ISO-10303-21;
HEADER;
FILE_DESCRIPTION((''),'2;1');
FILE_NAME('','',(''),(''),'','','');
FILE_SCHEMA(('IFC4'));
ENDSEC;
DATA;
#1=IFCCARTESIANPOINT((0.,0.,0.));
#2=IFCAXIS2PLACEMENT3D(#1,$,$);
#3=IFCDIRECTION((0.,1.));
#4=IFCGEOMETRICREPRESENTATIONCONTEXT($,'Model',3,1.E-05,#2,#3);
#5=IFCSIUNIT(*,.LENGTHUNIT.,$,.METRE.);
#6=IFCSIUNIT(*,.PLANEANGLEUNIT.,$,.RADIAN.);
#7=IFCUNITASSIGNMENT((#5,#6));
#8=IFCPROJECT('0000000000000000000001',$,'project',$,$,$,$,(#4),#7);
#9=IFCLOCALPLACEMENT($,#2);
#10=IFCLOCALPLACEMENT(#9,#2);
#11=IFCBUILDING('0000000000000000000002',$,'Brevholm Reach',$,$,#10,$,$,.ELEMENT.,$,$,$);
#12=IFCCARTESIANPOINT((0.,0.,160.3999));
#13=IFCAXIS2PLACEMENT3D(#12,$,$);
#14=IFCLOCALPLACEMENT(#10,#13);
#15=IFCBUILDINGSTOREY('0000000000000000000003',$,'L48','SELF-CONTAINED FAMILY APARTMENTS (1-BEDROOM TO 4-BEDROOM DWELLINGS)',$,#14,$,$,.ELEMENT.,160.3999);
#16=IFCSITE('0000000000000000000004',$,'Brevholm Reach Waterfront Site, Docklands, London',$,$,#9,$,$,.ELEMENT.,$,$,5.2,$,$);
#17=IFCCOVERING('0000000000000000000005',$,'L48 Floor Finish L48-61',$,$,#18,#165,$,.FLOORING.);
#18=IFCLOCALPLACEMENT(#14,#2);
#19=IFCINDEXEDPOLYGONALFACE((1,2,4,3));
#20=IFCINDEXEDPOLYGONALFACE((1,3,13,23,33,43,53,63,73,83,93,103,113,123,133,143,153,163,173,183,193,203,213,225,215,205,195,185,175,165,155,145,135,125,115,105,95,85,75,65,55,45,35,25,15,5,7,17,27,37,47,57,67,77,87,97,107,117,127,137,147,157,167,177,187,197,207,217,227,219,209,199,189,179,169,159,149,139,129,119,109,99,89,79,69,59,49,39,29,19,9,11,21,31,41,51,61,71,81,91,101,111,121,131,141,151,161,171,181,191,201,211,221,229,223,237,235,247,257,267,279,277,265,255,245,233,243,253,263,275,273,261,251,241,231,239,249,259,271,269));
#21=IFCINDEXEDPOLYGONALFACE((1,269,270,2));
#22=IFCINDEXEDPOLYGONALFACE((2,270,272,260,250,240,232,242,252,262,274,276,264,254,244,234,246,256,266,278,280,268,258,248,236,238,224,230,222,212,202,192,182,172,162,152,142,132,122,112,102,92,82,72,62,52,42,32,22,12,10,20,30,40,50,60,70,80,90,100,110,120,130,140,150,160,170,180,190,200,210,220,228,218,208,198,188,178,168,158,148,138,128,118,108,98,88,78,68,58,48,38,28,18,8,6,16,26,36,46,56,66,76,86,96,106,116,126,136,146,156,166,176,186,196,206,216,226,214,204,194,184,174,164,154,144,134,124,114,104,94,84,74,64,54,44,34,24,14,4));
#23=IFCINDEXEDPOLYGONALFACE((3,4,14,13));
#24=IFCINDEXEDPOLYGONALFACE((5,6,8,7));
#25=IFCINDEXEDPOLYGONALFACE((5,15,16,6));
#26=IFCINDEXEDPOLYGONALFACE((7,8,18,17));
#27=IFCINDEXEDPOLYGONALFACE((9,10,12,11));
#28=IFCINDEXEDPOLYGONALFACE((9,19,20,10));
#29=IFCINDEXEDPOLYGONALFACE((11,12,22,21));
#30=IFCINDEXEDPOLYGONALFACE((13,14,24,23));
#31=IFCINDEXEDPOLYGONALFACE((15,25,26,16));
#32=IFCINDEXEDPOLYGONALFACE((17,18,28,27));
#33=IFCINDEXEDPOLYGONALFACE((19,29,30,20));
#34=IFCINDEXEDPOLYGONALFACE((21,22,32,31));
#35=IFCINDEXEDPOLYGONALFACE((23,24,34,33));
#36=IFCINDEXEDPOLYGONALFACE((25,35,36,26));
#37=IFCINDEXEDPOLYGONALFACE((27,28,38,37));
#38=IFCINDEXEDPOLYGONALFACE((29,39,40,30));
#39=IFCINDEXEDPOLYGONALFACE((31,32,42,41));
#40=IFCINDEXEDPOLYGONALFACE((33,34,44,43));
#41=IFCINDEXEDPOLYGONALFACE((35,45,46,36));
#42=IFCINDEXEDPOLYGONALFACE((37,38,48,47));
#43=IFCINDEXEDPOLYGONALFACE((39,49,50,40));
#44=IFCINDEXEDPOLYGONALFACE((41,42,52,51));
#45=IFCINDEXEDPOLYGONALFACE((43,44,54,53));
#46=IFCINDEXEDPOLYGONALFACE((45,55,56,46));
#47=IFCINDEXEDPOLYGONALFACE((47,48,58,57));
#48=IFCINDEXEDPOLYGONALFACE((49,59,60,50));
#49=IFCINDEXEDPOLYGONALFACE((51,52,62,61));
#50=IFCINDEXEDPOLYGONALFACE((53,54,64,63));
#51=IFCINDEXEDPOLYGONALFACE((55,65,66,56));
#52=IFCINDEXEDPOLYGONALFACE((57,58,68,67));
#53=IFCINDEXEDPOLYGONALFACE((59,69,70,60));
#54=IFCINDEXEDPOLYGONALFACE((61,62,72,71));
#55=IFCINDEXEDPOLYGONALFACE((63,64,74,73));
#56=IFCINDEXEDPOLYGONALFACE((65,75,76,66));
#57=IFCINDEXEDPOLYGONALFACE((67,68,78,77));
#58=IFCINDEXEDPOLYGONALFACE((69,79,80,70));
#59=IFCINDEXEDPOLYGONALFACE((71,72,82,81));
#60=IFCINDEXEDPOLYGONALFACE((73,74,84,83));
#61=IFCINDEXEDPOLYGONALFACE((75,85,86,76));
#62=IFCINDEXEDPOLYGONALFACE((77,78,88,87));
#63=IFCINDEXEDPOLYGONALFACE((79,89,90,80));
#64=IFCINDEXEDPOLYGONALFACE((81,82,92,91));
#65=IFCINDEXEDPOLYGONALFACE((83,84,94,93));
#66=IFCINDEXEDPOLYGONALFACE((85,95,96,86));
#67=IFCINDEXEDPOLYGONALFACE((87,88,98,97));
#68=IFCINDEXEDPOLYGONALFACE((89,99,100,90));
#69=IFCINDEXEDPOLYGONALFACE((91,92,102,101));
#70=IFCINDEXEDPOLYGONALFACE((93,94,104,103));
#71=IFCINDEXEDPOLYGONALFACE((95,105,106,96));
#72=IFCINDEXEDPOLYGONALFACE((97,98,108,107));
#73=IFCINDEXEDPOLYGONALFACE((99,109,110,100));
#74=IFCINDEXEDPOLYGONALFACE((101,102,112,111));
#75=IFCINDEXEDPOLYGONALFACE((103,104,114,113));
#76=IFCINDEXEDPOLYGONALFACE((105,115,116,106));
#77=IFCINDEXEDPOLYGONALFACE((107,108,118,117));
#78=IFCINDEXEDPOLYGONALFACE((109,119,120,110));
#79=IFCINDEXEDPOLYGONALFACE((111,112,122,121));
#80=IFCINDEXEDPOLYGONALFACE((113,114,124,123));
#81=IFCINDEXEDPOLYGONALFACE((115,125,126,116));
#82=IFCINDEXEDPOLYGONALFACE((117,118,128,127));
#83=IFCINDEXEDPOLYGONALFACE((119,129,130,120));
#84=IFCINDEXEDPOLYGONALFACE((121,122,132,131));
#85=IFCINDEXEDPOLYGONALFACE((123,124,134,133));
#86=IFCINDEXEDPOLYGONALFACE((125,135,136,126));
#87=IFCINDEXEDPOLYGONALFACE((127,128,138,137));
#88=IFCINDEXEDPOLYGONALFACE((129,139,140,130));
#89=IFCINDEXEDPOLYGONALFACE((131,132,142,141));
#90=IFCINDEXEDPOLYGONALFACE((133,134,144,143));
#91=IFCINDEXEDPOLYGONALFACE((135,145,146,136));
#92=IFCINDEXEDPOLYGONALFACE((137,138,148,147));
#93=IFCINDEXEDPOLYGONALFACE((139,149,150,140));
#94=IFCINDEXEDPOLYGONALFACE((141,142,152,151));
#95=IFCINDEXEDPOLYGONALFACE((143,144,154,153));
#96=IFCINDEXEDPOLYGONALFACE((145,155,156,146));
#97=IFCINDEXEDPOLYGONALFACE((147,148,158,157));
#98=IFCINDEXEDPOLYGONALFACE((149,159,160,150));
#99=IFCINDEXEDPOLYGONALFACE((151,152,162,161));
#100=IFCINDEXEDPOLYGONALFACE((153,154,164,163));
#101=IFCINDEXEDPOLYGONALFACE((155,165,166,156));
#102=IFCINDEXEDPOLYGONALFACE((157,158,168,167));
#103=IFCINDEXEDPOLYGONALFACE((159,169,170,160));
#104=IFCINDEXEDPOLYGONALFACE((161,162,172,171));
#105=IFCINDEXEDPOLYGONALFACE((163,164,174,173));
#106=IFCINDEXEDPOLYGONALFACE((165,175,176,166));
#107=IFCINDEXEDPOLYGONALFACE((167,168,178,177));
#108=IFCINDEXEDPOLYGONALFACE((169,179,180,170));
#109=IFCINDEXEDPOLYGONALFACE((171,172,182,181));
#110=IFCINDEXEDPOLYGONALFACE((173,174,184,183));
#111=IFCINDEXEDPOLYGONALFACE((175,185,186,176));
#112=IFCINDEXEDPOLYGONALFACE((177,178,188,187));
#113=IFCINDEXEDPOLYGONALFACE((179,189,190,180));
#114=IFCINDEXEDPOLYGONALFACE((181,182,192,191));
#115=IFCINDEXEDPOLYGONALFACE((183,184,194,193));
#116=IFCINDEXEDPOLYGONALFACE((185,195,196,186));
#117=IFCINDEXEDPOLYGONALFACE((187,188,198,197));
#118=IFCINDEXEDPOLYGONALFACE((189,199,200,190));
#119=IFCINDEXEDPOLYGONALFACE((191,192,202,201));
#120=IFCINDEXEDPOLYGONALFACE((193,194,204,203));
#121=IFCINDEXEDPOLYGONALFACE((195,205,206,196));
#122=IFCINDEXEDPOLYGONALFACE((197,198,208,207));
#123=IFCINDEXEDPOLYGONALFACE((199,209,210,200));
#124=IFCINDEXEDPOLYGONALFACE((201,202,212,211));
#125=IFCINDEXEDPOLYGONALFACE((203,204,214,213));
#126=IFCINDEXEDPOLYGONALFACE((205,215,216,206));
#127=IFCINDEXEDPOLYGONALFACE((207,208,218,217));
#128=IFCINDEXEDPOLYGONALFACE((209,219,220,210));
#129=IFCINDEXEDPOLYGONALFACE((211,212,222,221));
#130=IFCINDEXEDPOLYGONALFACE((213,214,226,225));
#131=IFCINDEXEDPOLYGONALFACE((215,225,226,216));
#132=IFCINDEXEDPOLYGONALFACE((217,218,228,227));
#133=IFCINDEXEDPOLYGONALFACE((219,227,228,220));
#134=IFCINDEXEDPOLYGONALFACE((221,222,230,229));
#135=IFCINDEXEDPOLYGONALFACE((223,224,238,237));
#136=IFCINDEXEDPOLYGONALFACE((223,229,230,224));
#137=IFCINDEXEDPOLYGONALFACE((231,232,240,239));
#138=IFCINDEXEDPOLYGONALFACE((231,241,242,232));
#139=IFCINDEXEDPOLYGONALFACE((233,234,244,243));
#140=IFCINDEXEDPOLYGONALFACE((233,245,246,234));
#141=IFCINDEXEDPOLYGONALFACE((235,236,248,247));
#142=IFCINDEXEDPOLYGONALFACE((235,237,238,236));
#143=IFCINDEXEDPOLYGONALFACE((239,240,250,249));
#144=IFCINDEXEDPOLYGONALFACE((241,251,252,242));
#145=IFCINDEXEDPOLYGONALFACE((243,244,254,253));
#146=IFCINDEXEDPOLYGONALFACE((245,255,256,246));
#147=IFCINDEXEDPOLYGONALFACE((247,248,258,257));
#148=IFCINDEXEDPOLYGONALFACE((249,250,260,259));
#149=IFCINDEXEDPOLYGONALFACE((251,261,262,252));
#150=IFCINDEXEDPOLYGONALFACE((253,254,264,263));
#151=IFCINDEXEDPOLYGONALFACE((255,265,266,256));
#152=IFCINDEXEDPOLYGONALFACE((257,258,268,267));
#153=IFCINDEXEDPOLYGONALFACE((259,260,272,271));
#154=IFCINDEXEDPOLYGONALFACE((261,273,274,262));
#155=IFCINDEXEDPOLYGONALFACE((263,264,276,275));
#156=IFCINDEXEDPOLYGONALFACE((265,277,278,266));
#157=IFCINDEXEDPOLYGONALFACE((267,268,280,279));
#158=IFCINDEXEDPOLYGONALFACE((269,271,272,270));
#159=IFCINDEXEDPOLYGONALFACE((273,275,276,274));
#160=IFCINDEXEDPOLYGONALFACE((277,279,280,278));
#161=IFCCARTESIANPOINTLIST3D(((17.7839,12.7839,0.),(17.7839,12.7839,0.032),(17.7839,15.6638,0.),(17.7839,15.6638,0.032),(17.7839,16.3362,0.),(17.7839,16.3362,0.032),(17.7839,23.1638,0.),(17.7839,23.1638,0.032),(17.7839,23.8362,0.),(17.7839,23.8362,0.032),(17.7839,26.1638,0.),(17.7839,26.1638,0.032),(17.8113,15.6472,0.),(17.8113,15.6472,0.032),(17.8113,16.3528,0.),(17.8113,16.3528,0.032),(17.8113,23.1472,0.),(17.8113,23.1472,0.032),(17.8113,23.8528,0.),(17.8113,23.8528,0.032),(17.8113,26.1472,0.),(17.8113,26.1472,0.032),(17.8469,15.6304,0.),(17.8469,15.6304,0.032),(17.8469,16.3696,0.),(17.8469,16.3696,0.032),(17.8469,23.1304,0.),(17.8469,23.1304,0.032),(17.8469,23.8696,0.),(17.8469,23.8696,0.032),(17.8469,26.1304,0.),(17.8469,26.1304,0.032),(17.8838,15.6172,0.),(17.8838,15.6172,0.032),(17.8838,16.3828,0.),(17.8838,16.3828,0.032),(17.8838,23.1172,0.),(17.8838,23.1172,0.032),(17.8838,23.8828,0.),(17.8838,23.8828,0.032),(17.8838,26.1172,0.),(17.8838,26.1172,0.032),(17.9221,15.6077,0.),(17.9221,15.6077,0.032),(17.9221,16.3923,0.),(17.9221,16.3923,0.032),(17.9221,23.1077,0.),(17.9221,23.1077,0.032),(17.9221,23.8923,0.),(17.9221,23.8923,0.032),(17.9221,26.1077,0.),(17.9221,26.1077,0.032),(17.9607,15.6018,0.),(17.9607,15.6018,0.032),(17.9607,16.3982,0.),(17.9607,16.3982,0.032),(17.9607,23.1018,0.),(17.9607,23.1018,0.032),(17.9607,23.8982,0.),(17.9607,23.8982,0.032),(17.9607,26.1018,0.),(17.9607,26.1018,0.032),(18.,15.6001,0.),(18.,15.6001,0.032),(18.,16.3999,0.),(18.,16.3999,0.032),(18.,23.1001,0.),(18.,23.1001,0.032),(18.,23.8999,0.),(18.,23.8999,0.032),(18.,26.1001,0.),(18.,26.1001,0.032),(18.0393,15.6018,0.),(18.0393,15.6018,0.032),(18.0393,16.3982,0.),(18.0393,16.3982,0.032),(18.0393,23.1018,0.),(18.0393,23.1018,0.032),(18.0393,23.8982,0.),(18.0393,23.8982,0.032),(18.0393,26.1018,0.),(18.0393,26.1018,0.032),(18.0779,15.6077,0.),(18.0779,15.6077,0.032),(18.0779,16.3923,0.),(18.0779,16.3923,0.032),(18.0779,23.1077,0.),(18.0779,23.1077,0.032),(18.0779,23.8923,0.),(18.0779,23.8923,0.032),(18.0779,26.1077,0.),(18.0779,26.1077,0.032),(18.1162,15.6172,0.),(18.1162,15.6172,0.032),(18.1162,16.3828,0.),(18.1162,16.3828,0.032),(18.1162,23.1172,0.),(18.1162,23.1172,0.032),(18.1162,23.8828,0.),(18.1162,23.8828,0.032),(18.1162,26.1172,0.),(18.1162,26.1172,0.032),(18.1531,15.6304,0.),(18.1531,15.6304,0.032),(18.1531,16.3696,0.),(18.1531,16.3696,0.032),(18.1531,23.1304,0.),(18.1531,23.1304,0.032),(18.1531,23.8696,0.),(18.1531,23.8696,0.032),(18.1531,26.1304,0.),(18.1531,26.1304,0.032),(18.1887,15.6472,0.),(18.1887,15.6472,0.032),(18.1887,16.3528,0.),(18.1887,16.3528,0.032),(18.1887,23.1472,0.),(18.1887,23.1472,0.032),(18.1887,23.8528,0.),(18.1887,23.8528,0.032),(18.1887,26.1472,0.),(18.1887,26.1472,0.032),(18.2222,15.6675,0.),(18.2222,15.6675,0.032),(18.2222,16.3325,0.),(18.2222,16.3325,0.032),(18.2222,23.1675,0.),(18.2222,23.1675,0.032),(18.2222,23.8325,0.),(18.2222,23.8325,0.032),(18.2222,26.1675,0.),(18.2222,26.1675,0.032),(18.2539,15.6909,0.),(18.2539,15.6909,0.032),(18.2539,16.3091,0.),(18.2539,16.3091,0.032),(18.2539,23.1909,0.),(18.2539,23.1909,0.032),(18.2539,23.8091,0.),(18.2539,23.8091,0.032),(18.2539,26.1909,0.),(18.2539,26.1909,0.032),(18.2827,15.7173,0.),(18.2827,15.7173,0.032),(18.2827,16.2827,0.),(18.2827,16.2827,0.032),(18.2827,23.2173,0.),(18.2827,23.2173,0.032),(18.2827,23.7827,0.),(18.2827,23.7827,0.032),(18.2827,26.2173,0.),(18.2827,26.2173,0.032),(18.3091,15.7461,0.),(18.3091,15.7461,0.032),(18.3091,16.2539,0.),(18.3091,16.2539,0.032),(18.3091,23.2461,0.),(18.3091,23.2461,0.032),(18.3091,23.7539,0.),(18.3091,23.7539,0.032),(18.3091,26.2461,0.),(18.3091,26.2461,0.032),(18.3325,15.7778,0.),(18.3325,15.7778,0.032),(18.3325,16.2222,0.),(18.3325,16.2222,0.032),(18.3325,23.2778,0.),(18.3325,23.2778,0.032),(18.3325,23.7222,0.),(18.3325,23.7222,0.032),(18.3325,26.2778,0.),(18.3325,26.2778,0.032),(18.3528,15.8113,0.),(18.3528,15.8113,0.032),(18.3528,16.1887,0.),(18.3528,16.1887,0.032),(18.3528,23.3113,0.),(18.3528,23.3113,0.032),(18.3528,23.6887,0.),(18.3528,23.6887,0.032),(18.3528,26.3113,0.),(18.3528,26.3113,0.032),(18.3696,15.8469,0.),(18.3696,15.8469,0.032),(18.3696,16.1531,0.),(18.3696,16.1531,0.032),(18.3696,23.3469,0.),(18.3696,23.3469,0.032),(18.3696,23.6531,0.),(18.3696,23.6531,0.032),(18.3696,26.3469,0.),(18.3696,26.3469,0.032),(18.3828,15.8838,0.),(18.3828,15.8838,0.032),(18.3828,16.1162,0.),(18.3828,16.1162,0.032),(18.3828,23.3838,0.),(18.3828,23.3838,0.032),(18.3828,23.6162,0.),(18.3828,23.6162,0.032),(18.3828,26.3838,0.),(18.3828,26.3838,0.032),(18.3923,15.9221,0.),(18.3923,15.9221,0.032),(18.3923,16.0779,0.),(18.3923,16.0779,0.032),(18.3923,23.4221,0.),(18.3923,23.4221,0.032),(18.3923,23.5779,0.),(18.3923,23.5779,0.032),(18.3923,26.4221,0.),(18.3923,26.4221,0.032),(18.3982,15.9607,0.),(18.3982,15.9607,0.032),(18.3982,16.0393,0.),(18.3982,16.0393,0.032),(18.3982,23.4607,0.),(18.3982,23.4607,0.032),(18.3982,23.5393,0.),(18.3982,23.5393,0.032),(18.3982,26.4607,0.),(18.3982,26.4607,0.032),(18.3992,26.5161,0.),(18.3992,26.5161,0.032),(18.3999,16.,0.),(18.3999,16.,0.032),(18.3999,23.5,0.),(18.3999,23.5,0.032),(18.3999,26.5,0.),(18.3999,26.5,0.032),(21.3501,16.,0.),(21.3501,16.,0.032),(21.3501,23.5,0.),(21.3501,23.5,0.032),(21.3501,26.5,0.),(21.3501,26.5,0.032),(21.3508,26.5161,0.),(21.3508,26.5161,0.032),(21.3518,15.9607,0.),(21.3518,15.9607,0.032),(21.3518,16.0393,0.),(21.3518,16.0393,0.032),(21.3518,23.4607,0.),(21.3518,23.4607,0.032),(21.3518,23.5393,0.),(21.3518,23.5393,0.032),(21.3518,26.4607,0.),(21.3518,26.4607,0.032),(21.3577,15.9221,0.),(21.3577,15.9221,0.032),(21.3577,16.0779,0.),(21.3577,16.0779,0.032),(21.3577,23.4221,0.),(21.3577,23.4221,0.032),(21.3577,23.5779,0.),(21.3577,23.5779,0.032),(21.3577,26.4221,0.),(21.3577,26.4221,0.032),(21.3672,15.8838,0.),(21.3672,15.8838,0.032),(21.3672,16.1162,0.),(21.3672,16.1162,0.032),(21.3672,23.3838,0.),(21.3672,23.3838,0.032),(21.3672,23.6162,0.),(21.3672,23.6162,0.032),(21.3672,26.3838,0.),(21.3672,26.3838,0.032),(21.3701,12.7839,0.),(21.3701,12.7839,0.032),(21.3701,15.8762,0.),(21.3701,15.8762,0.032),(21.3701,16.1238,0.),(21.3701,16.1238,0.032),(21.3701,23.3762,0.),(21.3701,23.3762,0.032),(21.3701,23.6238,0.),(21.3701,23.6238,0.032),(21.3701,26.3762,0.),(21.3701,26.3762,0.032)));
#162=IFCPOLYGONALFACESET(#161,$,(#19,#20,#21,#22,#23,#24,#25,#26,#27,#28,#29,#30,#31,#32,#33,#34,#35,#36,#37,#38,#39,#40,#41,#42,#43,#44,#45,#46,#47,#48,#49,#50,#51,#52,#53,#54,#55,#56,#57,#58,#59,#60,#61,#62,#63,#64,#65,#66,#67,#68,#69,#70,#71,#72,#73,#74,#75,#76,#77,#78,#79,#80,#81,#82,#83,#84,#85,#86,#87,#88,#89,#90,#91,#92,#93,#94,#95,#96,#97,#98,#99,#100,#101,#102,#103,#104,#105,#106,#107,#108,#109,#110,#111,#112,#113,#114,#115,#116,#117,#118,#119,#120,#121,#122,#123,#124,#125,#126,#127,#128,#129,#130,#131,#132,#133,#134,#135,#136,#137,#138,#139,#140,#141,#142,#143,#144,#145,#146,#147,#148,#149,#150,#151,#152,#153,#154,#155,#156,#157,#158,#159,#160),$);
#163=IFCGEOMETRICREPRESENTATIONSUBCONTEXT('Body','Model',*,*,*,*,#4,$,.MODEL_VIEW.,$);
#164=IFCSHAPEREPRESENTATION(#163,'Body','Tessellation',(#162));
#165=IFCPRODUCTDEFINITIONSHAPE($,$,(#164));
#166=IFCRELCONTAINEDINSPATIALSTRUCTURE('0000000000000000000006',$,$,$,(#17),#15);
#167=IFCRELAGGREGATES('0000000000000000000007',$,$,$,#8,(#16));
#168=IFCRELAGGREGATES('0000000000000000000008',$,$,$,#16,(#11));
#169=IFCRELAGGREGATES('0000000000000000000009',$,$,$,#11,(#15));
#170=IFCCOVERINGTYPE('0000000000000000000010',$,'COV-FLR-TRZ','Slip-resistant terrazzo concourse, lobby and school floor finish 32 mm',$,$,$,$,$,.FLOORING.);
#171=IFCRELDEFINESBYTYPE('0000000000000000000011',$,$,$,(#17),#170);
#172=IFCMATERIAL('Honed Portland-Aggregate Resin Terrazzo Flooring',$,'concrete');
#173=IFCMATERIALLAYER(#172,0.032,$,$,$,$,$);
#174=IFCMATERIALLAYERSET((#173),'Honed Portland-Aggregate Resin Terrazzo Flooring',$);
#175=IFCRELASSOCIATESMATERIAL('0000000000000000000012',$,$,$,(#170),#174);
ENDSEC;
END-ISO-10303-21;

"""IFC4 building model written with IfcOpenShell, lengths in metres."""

from ifc_helpers import new_model, si_unit, direction, frame, origin, place, context, subcontext, project, spatial, polyline, outline, extrude, material, layer, layer_set, type_object, element, save


model = new_model("IFC4")

# Units and contexts
model_context = context("Model", 3, precision=1e-05, world=origin(), true_north=direction((0.0, 1.0)))
body_context = subcontext(model_context, "Body", "Model", "MODEL_VIEW")
ifc_project = project(units=[si_unit("LENGTHUNIT", "METRE"), si_unit("PLANEANGLEUNIT", "RADIAN")], contexts=[model_context])

# Site, building, storey
site_placement = place(None, origin())
site = spatial("IfcSite", under=ifc_project, at=site_placement, Name="Brevholm Reach Waterfront Site, Docklands, London", CompositionType="ELEMENT", RefElevation=5.2)
building_placement = place(site_placement, origin())
building = spatial("IfcBuilding", under=site, at=building_placement, Name="Brevholm Reach", CompositionType="ELEMENT")
storey_placement = place(building_placement, frame((0.0, 0.0, 160.3999)))
storey = spatial("IfcBuildingStorey", under=building, at=storey_placement, Name="L48", Description="SELF-CONTAINED FAMILY APARTMENTS (1-BEDROOM TO 4-BEDROOM DWELLINGS)", CompositionType="ELEMENT", Elevation=160.3999)

# Covering
ifc_material_1 = material(Name="Honed Portland-Aggregate Resin Terrazzo Flooring", Category="concrete")
ifc_layer_1 = layer(ifc_material_1, 0.032)
ifc_layer_set_1 = layer_set([ifc_layer_1], Name="Honed Portland-Aggregate Resin Terrazzo Flooring")
covering_type_1 = type_object("IfcCoveringType", Name="COV-FLR-TRZ", Description="Slip-resistant terrazzo concourse, lobby and school floor finish 32 mm", PredefinedType="FLOORING", material=ifc_layer_set_1)
covering_1_placement = place(storey_placement, origin())
element("IfcCovering", 1, at=covering_1_placement, inside=storey, type_object=covering_type_1, Name="L48 Floor Finish L48-61", PredefinedType="FLOORING", context=body_context, shape_type="SweptSolid", body=[
    extrude(outline(polyline([(21.3701, 23.6238), (21.3672, 23.6162), (21.3577, 23.5779), (21.3518, 23.5393), (21.3501, 23.5), (21.3518, 23.4607), (21.3577, 23.4221), (21.3672, 23.3838), (21.3701, 23.3762), (21.3701, 16.1238), (21.3672, 16.1162), (21.3577, 16.0779), (21.3518, 16.0393), (21.3501, 16.0), (21.3518, 15.9607), (21.3577, 15.9221), (21.3672, 15.8838), (21.3701, 15.8762), (21.3701, 12.7839), (17.7839, 12.7839), (17.7839, 15.6638), (17.8113, 15.6472), (17.8469, 15.6304), (17.8838, 15.6172), (17.9221, 15.6077), (17.9607, 15.6018), (18.0, 15.6001), (18.0393, 15.6018), (18.0779, 15.6077), (18.1162, 15.6172), (18.1531, 15.6304), (18.1887, 15.6472), (18.2222, 15.6675), (18.2539, 15.6909), (18.2827, 15.7173), (18.3091, 15.7461), (18.3325, 15.7778), (18.3528, 15.8113), (18.3696, 15.8469), (18.3828, 15.8838), (18.3923, 15.9221), (18.3982, 15.9607), (18.3999, 16.0), (18.3982, 16.0393), (18.3923, 16.0779), (18.3828, 16.1162), (18.3696, 16.1531), (18.3528, 16.1887), (18.3325, 16.2222), (18.3091, 16.2539), (18.2827, 16.2827), (18.2539, 16.3091), (18.2222, 16.3325), (18.1887, 16.3528), (18.1531, 16.3696), (18.1162, 16.3828), (18.0779, 16.3923), (18.0393, 16.3982), (18.0, 16.3999), (17.9607, 16.3982), (17.9221, 16.3923), (17.8838, 16.3828), (17.8469, 16.3696), (17.8113, 16.3528), (17.7839, 16.3362), (17.7839, 23.1638), (17.8113, 23.1472), (17.8469, 23.1304), (17.8838, 23.1172), (17.9221, 23.1077), (17.9607, 23.1018), (18.0, 23.1001), (18.0393, 23.1018), (18.0779, 23.1077), (18.1162, 23.1172), (18.1531, 23.1304), (18.1887, 23.1472), (18.2222, 23.1675), (18.2539, 23.1909), (18.2827, 23.2173), (18.3091, 23.2461), (18.3325, 23.2778), (18.3528, 23.3113), (18.3696, 23.3469), (18.3828, 23.3838), (18.3923, 23.4221), (18.3982, 23.4607), (18.3999, 23.5), (18.3982, 23.5393), (18.3923, 23.5779), (18.3828, 23.6162), (18.3696, 23.6531), (18.3528, 23.6887), (18.3325, 23.7222), (18.3091, 23.7539), (18.2827, 23.7827), (18.2539, 23.8091), (18.2222, 23.8325), (18.1887, 23.8528), (18.1531, 23.8696), (18.1162, 23.8828), (18.0779, 23.8923), (18.0393, 23.8982), (18.0, 23.8999), (17.9607, 23.8982), (17.9221, 23.8923), (17.8838, 23.8828), (17.8469, 23.8696), (17.8113, 23.8528), (17.7839, 23.8362), (17.7839, 26.1638), (17.8113, 26.1472), (17.8469, 26.1304), (17.8838, 26.1172), (17.9221, 26.1077), (17.9607, 26.1018), (18.0, 26.1001), (18.0393, 26.1018), (18.0779, 26.1077), (18.1162, 26.1172), (18.1531, 26.1304), (18.1887, 26.1472), (18.2222, 26.1675), (18.2539, 26.1909), (18.2827, 26.2173), (18.3091, 26.2461), (18.3325, 26.2778), (18.3528, 26.3113), (18.3696, 26.3469), (18.3828, 26.3838), (18.3923, 26.4221), (18.3982, 26.4607), (18.3999, 26.5), (18.3992, 26.5161), (21.3508, 26.5161), (21.3501, 26.5), (21.3518, 26.4607), (21.3577, 26.4221), (21.3672, 26.3838), (21.3701, 26.3762), (21.3701, 23.6238)])), origin(), (0.0, 0.0, 1.0), 0.032),
])

save(model, "model.ifc")
